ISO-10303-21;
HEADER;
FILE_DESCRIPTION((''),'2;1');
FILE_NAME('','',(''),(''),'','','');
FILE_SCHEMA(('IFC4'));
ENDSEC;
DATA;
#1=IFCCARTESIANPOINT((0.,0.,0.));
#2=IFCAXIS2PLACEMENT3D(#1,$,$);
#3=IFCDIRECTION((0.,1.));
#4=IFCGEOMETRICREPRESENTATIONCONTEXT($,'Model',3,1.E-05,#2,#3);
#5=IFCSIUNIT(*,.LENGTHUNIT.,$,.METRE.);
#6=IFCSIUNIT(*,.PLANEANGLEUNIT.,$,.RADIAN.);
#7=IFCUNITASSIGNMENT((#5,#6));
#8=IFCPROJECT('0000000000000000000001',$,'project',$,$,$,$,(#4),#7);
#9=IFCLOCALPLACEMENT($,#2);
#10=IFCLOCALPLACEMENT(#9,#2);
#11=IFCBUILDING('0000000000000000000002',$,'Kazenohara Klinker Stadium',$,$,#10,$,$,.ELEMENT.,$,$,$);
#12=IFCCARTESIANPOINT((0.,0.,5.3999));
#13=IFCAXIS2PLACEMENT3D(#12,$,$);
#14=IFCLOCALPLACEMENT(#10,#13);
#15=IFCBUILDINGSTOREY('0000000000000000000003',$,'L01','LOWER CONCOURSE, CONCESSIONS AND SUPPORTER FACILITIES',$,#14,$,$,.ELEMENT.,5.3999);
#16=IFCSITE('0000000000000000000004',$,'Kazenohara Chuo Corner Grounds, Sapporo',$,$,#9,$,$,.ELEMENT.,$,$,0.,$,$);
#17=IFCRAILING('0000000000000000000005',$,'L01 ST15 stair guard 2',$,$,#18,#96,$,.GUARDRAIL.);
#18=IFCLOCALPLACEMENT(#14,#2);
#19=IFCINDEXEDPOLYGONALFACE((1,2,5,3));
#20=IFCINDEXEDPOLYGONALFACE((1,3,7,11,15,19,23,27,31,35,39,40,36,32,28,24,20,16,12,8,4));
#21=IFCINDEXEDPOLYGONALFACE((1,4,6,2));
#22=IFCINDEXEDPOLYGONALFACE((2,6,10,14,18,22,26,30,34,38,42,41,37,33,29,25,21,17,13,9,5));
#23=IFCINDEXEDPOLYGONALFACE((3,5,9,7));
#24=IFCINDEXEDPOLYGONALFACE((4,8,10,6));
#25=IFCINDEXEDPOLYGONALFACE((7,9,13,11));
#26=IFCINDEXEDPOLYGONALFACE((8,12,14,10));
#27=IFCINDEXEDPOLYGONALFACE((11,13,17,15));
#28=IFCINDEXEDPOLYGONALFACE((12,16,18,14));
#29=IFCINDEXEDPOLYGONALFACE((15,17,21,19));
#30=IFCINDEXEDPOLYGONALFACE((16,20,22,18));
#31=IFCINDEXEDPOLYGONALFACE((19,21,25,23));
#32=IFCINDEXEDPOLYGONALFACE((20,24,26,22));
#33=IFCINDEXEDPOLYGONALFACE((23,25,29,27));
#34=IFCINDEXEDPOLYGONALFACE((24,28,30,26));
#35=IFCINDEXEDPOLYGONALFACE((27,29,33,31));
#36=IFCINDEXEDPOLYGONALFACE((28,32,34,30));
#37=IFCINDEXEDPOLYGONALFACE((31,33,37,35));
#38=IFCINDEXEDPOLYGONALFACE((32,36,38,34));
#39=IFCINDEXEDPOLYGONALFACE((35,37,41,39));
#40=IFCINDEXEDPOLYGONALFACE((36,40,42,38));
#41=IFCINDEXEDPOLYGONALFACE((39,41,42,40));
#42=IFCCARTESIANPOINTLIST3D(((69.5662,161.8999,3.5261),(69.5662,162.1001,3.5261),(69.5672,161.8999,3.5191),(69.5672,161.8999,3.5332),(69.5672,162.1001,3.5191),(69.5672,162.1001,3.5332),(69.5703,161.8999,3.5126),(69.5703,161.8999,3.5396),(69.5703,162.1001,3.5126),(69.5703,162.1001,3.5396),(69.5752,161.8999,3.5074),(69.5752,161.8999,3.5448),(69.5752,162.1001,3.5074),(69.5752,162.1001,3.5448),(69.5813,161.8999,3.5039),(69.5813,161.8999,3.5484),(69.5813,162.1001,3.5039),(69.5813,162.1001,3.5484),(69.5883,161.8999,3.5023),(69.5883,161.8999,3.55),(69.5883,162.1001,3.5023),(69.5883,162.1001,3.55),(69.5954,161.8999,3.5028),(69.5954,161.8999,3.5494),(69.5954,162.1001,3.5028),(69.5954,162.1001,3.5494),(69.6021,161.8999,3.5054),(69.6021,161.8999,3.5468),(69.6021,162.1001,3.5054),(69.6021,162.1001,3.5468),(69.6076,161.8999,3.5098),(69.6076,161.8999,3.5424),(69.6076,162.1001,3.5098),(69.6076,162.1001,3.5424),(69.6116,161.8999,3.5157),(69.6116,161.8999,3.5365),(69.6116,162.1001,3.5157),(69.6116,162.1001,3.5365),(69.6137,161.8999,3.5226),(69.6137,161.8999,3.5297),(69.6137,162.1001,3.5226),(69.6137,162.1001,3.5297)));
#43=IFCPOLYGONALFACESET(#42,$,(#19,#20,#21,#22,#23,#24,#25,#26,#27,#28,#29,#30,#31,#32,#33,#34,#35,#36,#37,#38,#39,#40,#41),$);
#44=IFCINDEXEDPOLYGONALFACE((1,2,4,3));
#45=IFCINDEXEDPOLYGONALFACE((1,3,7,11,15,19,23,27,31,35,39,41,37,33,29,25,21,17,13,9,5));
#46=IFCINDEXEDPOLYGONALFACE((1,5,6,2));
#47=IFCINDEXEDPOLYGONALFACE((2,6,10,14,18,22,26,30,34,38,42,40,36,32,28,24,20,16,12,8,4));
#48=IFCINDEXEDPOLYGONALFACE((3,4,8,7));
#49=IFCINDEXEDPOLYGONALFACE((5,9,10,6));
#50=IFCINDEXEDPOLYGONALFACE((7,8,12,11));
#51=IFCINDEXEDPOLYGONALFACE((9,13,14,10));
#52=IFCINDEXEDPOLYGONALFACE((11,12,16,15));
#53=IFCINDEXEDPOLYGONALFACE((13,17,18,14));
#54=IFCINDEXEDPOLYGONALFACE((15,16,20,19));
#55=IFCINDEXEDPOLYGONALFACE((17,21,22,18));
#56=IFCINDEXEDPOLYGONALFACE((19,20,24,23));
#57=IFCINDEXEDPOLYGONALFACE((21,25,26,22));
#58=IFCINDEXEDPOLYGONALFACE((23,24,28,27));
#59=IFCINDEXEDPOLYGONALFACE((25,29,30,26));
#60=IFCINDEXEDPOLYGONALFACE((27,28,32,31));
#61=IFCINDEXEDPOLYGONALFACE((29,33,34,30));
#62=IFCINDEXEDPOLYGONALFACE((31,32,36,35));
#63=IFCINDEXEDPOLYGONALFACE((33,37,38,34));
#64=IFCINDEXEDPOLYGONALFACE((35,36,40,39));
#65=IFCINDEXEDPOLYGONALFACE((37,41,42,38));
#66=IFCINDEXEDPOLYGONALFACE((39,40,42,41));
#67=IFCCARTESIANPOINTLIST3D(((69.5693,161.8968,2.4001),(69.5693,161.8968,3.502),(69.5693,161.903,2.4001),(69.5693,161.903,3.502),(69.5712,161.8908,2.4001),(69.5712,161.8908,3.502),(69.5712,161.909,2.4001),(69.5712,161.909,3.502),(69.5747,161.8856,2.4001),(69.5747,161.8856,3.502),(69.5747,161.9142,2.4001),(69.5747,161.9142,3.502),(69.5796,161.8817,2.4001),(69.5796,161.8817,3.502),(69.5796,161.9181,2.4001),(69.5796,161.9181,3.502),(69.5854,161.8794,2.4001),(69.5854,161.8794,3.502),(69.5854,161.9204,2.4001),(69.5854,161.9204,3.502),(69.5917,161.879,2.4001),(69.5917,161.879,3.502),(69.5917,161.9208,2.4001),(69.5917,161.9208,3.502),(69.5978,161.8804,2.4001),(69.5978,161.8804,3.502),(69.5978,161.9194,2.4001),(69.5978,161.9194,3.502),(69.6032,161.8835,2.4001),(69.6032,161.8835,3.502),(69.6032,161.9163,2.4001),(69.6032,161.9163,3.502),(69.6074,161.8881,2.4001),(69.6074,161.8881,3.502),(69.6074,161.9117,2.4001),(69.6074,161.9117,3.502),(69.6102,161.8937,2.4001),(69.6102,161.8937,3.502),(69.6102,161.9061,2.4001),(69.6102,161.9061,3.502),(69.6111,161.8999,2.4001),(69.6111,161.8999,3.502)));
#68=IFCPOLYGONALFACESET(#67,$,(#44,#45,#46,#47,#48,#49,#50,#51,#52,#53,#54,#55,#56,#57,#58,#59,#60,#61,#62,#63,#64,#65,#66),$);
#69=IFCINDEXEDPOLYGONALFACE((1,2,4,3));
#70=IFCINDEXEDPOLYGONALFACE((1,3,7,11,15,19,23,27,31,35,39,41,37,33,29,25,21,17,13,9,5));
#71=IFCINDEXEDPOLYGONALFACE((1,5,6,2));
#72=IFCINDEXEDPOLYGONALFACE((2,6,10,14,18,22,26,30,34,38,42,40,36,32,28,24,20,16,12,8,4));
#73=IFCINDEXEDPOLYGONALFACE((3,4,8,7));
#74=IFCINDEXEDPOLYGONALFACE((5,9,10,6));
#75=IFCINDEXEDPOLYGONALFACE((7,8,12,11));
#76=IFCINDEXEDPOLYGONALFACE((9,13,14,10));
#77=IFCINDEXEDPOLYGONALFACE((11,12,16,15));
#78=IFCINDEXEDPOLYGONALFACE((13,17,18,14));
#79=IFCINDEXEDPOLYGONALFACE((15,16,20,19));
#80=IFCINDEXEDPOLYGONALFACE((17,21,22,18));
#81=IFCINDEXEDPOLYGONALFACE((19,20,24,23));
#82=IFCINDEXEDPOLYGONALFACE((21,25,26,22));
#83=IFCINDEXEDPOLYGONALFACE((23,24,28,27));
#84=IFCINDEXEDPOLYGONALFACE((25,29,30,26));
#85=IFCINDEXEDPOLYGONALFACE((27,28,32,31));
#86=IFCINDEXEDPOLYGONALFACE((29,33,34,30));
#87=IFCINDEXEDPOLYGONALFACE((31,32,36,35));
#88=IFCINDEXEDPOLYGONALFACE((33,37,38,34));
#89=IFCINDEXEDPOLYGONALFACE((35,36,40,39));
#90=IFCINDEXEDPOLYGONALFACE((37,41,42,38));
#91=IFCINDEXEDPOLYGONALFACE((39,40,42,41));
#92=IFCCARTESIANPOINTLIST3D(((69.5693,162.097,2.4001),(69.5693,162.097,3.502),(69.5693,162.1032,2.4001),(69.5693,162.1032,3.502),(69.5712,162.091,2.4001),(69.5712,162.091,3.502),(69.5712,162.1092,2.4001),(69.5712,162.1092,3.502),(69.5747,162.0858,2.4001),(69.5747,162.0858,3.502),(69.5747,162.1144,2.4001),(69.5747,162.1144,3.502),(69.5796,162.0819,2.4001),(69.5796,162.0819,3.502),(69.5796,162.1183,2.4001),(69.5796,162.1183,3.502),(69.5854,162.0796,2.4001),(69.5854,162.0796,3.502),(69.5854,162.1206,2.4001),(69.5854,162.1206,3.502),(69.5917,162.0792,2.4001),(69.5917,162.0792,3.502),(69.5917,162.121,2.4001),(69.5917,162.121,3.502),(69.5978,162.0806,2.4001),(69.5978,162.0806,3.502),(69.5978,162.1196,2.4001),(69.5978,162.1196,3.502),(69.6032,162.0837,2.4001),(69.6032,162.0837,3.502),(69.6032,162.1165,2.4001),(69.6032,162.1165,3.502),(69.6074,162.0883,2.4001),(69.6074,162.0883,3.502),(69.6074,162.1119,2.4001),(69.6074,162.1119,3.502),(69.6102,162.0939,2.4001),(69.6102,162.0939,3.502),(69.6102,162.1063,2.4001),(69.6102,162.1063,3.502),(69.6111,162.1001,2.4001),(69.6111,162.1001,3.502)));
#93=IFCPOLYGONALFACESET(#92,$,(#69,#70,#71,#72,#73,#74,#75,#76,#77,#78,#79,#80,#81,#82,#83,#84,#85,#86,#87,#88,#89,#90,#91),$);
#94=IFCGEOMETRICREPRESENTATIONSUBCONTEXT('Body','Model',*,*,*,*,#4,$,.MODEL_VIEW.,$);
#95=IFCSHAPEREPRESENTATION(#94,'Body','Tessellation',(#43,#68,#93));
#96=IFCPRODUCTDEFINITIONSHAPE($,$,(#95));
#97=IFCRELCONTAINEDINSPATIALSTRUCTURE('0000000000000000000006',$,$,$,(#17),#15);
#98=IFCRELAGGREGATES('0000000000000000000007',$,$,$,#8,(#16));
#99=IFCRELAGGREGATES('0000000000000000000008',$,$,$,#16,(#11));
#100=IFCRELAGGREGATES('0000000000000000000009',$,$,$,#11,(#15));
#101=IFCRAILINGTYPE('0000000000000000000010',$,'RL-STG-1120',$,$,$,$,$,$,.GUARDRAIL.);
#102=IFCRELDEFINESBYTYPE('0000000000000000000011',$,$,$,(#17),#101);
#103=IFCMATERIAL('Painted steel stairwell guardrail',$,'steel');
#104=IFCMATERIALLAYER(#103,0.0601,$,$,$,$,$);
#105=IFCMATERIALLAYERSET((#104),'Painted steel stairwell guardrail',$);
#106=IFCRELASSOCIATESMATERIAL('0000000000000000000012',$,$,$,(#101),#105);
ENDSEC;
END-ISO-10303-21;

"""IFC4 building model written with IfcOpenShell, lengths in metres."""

from ifc_helpers import new_model, si_unit, direction, frame, origin, origin_2d, place, context, subcontext, project, spatial, circle, extrude, material, layer, layer_set, type_object, element, save


model = new_model("IFC4")

# Units and contexts
model_context = context("Model", 3, precision=1e-05, world=origin(), true_north=direction((0.0, 1.0)))
body_context = subcontext(model_context, "Body", "Model", "MODEL_VIEW")
ifc_project = project(units=[si_unit("LENGTHUNIT", "METRE"), si_unit("PLANEANGLEUNIT", "RADIAN")], contexts=[model_context])

# Site, building, storey
site_placement = place(None, origin())
site = spatial("IfcSite", under=ifc_project, at=site_placement, Name="Kazenohara Chuo Corner Grounds, Sapporo", CompositionType="ELEMENT", RefElevation=0.0)
building_placement = place(site_placement, origin())
building = spatial("IfcBuilding", under=site, at=building_placement, Name="Kazenohara Klinker Stadium", CompositionType="ELEMENT")
storey_placement = place(building_placement, frame((0.0, 0.0, 5.3999)))
storey = spatial("IfcBuildingStorey", under=building, at=storey_placement, Name="L01", Description="LOWER CONCOURSE, CONCESSIONS AND SUPPORTER FACILITIES", CompositionType="ELEMENT", Elevation=5.3999)

# Railing
ifc_material_1 = material(Name="Painted steel stairwell guardrail", Category="steel")
ifc_layer_1 = layer(ifc_material_1, 0.0601)
ifc_layer_set_1 = layer_set([ifc_layer_1], Name="Painted steel stairwell guardrail")
railing_type_1 = type_object("IfcRailingType", Name="RL-STG-1120", PredefinedType="GUARDRAIL", material=ifc_layer_set_1)
railing_1_placement = place(storey_placement, frame((69.5901, 161.8999, 2.4001)))
element("IfcRailing", 1, at=railing_1_placement, inside=storey, type_object=railing_type_1, Name="L01 ST15 stair guard 2", PredefinedType="GUARDRAIL", context=body_context, shape_type="SweptSolid", body=[
    extrude(circle(Radius=0.0239, at=origin_2d()), frame((0.0, 0.0, 1.126), z_axis=(0.0, 1.0, 0.0), x_axis=(-1.0, 0.0, 0.0)), (0.0, 0.0, 1.0), 0.2002),
    extrude(circle(Radius=0.021, at=origin_2d()), origin(), (0.0, 0.0, 1.0), 1.1018),
    extrude(circle(Radius=0.021, at=origin_2d()), frame((0.0, 0.2002, 0.0)), (0.0, 0.0, 1.0), 1.1018),
])

save(model, "model.ifc")
